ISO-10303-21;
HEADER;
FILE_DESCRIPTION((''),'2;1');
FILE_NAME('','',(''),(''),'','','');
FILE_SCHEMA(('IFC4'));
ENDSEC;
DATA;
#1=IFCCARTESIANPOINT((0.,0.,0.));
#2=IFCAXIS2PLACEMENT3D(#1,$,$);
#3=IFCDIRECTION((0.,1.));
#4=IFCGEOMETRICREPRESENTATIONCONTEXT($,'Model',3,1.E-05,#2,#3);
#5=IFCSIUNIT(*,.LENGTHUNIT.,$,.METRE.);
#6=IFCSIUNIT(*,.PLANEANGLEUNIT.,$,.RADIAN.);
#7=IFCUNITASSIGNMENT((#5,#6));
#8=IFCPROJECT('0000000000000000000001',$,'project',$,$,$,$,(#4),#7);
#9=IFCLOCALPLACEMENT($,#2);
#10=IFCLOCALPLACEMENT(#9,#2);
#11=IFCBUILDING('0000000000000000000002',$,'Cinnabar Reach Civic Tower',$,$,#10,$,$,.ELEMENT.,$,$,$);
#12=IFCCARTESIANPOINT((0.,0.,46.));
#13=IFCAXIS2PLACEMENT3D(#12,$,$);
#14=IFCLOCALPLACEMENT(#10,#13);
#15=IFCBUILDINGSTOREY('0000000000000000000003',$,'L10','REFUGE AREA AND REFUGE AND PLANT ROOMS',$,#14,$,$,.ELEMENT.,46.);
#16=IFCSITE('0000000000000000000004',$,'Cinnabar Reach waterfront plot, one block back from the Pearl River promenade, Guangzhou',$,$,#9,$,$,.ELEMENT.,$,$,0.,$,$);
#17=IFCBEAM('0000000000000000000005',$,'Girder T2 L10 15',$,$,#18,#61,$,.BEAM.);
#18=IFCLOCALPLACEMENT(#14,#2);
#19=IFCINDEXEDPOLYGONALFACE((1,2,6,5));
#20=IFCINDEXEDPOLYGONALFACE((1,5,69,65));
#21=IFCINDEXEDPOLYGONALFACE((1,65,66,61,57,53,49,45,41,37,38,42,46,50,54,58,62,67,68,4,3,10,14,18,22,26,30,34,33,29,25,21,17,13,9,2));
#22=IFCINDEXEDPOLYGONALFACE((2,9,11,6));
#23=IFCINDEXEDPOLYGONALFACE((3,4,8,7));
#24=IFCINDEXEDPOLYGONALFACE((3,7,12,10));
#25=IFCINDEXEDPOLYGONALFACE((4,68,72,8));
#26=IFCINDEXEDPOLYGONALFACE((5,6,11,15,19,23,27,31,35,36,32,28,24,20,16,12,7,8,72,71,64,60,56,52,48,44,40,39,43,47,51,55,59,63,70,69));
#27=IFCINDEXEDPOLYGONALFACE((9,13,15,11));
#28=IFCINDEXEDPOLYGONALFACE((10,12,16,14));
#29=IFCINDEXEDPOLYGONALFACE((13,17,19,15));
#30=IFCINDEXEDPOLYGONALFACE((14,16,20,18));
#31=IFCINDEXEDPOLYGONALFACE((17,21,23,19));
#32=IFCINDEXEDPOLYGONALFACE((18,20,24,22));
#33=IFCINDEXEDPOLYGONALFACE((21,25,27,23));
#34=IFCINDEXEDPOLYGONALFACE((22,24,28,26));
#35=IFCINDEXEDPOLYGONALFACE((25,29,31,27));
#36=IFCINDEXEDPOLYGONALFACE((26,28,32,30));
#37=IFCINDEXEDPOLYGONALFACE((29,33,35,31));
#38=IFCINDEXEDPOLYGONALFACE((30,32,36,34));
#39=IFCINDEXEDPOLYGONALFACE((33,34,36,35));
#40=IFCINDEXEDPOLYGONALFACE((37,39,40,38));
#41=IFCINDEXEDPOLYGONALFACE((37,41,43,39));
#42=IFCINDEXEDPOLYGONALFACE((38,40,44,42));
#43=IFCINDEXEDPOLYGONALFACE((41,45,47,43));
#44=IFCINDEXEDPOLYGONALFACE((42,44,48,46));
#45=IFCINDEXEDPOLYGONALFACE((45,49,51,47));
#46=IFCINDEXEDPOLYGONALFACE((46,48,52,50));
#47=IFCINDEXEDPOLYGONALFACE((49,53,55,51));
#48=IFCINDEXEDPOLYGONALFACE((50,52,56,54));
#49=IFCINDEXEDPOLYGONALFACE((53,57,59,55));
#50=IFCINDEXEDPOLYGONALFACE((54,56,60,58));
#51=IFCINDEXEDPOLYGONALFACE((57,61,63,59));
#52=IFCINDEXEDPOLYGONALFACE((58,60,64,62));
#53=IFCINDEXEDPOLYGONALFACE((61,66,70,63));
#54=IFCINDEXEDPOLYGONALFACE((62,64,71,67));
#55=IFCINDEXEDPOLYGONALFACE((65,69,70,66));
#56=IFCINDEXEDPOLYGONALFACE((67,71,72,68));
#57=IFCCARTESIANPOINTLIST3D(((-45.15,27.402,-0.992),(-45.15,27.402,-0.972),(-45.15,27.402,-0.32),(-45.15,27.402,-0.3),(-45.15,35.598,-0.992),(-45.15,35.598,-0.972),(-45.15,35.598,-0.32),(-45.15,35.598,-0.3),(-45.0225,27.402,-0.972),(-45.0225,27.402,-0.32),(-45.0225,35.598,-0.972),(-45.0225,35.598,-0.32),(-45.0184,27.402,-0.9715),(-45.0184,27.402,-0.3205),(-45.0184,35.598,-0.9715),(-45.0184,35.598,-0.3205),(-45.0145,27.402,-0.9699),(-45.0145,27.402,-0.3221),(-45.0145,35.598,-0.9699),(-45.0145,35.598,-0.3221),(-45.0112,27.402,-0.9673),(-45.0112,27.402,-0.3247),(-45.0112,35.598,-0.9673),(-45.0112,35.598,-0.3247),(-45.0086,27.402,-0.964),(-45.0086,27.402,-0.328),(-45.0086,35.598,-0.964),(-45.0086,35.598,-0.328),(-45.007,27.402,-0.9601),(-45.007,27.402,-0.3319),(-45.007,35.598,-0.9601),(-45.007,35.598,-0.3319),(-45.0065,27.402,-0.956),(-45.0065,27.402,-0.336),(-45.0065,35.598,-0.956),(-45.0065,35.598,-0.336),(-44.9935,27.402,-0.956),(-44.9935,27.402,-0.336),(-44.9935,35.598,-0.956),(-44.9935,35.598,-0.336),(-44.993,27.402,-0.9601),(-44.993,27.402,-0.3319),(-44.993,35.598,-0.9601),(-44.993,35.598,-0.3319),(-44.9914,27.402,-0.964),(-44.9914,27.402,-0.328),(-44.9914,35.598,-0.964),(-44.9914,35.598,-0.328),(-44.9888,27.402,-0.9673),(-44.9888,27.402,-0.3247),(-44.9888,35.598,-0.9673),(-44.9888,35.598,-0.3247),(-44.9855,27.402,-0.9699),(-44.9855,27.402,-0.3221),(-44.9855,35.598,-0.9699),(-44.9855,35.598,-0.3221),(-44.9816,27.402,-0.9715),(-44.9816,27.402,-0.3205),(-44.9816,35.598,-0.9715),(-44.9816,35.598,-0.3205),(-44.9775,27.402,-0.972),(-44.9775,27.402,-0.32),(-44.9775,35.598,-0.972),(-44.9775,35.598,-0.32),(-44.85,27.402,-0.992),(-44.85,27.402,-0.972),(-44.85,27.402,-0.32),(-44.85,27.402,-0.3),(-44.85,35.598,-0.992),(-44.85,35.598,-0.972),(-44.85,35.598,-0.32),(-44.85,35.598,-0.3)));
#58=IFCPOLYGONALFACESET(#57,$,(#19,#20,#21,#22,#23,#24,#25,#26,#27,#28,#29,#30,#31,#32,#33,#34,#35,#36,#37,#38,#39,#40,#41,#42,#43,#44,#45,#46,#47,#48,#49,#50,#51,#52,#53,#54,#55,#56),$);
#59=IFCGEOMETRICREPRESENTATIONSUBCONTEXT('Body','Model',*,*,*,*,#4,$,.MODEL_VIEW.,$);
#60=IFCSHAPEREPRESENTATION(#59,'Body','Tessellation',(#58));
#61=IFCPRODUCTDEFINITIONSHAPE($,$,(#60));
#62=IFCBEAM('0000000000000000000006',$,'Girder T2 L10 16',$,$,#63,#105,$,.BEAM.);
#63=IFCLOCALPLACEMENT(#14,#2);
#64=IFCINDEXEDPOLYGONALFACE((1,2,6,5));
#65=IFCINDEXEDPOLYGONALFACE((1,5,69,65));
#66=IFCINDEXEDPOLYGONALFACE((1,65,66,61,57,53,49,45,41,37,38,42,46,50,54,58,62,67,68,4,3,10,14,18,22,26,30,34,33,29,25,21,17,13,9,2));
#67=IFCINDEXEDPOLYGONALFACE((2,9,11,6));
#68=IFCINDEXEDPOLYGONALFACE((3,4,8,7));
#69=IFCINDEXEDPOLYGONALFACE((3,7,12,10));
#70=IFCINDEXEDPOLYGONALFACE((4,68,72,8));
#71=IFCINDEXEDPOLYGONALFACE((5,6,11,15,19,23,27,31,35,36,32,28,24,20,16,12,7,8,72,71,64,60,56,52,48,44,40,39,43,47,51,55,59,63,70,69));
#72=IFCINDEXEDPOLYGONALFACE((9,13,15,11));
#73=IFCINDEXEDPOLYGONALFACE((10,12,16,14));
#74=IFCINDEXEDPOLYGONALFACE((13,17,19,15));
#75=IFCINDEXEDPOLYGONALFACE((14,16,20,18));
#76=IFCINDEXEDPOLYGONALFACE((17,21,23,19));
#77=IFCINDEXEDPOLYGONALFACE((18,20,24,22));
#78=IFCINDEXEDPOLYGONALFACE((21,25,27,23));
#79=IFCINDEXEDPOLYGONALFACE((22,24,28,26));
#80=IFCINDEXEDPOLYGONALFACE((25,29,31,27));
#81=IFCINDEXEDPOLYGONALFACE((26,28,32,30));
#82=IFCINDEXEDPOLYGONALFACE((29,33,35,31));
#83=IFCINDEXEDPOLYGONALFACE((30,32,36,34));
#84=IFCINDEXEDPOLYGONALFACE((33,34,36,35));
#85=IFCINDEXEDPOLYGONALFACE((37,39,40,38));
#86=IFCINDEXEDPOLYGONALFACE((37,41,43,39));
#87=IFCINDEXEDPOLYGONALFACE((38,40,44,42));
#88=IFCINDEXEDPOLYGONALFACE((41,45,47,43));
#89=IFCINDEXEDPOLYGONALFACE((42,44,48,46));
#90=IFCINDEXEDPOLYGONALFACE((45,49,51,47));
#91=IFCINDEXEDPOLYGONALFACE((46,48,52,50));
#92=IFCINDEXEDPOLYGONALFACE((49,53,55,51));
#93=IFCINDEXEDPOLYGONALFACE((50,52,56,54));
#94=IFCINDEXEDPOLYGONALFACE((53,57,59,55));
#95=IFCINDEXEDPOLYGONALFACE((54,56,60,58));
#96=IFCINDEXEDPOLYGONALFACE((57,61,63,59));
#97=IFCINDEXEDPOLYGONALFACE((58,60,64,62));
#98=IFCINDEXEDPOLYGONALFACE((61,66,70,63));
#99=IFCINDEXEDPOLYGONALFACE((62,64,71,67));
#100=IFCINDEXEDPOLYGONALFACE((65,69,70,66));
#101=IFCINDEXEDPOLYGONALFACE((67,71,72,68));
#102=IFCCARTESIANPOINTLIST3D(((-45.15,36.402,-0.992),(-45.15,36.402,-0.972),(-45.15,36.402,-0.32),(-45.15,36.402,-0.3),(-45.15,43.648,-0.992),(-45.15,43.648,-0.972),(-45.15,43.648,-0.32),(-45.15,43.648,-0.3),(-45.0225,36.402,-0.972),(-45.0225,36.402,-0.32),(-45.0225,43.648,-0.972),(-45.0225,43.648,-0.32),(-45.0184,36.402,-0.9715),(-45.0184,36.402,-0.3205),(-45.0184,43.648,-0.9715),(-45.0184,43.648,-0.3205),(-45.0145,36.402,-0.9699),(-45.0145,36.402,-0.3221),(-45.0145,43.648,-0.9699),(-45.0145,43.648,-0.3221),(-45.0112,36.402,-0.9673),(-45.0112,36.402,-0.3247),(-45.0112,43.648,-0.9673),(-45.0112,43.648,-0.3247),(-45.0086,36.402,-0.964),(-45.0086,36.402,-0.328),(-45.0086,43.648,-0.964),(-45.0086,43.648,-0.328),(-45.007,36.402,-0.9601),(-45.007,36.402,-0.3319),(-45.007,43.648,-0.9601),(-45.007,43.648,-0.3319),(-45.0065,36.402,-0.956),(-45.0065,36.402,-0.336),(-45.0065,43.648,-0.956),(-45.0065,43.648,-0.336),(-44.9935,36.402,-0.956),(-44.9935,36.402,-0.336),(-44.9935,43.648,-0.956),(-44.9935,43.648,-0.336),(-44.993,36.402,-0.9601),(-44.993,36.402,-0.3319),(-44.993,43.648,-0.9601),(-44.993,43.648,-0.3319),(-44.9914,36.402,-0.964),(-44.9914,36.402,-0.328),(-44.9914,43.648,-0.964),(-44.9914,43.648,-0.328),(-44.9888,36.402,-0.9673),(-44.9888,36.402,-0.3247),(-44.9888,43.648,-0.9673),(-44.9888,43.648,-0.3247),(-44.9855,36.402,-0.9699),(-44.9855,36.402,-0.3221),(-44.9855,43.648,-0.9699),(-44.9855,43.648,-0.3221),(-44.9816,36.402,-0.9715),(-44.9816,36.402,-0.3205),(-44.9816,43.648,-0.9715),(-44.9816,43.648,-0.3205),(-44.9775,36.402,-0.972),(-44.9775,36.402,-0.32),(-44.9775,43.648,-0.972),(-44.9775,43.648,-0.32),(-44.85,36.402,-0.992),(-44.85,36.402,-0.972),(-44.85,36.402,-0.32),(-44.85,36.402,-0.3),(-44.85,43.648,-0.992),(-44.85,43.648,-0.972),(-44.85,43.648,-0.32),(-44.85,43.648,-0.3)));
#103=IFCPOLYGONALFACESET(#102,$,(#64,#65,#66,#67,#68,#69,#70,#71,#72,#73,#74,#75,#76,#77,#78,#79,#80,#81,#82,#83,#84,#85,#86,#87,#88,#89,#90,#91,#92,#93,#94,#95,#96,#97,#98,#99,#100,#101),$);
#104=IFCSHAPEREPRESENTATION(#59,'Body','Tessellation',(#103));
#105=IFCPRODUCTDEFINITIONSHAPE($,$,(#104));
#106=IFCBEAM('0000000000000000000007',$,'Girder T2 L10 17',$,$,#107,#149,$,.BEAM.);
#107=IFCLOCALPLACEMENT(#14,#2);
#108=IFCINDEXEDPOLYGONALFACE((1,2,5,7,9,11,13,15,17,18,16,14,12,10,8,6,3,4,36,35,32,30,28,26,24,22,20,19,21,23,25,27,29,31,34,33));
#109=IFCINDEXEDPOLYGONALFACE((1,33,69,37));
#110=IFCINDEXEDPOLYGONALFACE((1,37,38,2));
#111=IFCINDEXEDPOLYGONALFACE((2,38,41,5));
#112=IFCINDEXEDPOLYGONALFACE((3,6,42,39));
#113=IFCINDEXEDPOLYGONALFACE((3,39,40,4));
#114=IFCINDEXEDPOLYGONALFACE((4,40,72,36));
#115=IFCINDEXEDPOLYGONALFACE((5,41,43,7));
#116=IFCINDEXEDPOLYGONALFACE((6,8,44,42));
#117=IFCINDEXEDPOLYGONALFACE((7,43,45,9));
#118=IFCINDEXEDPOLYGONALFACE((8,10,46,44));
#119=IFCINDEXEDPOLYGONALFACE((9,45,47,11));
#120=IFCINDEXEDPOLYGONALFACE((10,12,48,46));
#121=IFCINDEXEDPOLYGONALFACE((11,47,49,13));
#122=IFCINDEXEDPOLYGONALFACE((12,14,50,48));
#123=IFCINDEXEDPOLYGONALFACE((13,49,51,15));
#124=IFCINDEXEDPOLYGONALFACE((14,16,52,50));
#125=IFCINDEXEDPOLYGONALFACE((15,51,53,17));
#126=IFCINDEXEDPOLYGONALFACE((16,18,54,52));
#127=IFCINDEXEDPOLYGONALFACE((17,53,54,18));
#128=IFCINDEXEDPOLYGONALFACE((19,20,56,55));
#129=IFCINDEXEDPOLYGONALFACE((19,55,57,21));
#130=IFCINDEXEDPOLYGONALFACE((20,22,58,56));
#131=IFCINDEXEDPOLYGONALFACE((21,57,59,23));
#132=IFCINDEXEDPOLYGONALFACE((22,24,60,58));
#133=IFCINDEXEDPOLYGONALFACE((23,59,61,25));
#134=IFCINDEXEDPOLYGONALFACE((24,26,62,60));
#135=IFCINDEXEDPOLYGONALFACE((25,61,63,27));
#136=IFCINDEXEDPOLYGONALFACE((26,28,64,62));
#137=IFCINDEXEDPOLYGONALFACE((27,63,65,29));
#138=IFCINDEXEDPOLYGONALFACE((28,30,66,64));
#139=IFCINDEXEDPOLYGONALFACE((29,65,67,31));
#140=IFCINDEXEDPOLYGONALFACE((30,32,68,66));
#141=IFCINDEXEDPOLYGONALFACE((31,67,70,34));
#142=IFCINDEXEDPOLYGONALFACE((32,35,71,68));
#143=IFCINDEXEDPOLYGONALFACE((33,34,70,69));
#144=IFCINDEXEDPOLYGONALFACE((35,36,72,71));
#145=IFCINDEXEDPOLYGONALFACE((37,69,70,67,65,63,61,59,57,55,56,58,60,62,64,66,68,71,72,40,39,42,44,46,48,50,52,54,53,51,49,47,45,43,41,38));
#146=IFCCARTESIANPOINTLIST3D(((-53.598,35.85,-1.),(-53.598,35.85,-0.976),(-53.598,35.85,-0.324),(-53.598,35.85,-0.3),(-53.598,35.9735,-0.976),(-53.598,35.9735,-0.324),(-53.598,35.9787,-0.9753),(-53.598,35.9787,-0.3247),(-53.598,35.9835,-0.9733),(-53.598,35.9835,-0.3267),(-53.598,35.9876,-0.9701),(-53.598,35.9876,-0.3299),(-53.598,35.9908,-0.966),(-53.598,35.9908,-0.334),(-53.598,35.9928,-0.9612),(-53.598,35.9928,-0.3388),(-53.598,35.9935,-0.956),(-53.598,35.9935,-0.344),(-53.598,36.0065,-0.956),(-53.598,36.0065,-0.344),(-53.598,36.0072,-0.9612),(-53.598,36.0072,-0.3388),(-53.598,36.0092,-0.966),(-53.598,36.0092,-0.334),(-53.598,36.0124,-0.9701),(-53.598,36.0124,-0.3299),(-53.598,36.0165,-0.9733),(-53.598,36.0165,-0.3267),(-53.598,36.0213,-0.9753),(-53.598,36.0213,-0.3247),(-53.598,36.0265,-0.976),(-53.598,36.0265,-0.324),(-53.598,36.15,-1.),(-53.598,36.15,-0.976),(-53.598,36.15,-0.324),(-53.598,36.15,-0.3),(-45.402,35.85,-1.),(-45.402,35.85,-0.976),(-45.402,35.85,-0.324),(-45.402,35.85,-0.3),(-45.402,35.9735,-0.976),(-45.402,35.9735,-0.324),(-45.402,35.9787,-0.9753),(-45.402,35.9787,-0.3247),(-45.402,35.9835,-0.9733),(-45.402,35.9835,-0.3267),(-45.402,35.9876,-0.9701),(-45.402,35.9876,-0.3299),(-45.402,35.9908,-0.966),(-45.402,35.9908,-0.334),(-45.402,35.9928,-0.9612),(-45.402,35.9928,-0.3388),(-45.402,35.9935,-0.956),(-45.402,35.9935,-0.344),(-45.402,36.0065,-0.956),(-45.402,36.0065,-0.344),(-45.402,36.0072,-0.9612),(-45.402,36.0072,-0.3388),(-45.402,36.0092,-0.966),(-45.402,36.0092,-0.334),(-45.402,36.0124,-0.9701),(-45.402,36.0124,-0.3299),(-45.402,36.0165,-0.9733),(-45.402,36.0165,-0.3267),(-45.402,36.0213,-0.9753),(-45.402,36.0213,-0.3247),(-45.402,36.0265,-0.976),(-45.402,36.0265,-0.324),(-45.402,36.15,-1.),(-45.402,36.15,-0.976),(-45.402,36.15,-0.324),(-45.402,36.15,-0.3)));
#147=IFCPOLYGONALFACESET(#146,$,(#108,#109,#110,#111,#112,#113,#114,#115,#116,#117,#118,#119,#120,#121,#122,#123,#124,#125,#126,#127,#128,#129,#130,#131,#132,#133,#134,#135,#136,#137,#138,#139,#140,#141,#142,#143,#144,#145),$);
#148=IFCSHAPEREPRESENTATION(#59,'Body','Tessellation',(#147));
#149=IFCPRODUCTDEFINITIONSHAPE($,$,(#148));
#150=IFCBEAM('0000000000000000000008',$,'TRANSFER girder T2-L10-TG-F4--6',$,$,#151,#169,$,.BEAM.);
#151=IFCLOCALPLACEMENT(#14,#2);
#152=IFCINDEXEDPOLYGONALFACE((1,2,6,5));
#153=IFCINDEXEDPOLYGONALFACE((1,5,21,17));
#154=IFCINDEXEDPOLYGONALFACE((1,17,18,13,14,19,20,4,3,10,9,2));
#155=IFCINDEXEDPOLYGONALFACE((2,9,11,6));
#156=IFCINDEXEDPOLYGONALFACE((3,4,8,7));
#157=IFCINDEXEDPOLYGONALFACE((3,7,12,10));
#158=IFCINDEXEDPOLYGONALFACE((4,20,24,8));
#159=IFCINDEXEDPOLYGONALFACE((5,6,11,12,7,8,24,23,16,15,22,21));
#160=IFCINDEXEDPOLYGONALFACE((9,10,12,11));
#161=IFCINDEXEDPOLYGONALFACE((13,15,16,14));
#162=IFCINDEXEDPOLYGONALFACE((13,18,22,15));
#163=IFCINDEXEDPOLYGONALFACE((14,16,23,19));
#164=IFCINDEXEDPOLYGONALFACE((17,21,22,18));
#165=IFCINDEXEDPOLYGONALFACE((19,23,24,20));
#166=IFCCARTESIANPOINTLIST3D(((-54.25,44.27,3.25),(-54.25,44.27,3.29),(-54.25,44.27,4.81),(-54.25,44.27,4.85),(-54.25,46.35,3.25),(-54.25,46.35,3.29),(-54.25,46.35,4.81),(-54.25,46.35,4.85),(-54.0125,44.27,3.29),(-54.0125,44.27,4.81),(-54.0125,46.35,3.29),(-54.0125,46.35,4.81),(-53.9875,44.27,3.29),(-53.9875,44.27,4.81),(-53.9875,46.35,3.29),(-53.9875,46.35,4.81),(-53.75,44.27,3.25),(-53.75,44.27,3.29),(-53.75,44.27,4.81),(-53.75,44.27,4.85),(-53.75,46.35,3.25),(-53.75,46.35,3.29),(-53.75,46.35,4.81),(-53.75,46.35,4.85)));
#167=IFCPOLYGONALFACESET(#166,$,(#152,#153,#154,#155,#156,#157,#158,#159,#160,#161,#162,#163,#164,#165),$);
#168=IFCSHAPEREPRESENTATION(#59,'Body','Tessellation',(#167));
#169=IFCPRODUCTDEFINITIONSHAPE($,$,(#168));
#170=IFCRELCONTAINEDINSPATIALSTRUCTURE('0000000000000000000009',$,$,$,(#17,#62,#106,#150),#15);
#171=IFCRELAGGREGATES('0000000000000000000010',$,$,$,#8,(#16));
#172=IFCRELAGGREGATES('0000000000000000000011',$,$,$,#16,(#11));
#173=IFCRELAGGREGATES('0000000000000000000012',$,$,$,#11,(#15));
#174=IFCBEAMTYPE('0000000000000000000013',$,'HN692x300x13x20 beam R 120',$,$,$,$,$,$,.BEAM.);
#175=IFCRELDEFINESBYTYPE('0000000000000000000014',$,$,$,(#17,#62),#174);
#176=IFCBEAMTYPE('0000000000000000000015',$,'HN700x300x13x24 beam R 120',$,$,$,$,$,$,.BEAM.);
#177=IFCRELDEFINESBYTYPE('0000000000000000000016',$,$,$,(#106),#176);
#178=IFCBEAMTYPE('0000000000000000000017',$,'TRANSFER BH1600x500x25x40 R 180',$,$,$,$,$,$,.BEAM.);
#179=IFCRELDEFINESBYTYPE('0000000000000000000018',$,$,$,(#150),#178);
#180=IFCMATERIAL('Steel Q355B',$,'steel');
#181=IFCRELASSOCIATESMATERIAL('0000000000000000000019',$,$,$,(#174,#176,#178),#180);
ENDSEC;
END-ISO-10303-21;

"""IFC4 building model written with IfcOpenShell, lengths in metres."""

from ifc_helpers import new_model, si_unit, direction, frame, origin, origin_2d, place, context, subcontext, project, spatial, i_section, extrude, material, material_profile, profile_set, type_object, element, save


model = new_model("IFC4")

# Units and contexts
model_context = context("Model", 3, precision=1e-05, world=origin(), true_north=direction((0.0, 1.0)))
body_context = subcontext(model_context, "Body", "Model", "MODEL_VIEW")
ifc_project = project(units=[si_unit("LENGTHUNIT", "METRE"), si_unit("PLANEANGLEUNIT", "RADIAN")], contexts=[model_context])

# Site, building, storey
site_placement = place(None, origin())
site = spatial("IfcSite", under=ifc_project, at=site_placement, Name="Cinnabar Reach waterfront plot, one block back from the Pearl River promenade, Guangzhou", CompositionType="ELEMENT", RefElevation=0.0)
building_placement = place(site_placement, origin())
building = spatial("IfcBuilding", under=site, at=building_placement, Name="Cinnabar Reach Civic Tower", CompositionType="ELEMENT")
storey_placement = place(building_placement, frame((0.0, 0.0, 46.0)))
storey = spatial("IfcBuildingStorey", under=building, at=storey_placement, Name="L10", Description="REFUGE AREA AND REFUGE AND PLANT ROOMS", CompositionType="ELEMENT", Elevation=46.0)

# Beams
ifc_material_1 = material(Name="Steel Q355B", Category="steel")
ifc_material_profile_1 = material_profile(ifc_material_1, i_section(OverallWidth=0.3, OverallDepth=0.692, WebThickness=0.013, FlangeThickness=0.02, FilletRadius=0.016, at=origin_2d()), Name="HN692x300x13x20")
ifc_profile_set_1 = profile_set([ifc_material_profile_1], Name="Steel Q355B")
beam_type_1 = type_object("IfcBeamType", Name="HN692x300x13x20 beam R 120", PredefinedType="BEAM", material=ifc_profile_set_1)
beam_1_placement = place(storey_placement, frame((-45.0, 27.402, -0.646), z_axis=(0.0, 1.0, 0.0), x_axis=(-1.0, 0.0, 0.0)))
element("IfcBeam", 1, at=beam_1_placement, inside=storey, type_object=beam_type_1, Name="Girder T2 L10 15", PredefinedType="BEAM", context=body_context, shape_type="SweptSolid", body=[
    extrude(i_section(OverallWidth=0.3, OverallDepth=0.692, WebThickness=0.013, FlangeThickness=0.02, FilletRadius=0.016, at=origin_2d()), origin(), (0.0, 0.0, 1.0), 8.196),
])
beam_2_placement = place(storey_placement, frame((-45.0, 36.402, -0.646), z_axis=(0.0, 1.0, 0.0), x_axis=(-1.0, 0.0, 0.0)))
element("IfcBeam", 2, at=beam_2_placement, inside=storey, type_object=beam_type_1, Name="Girder T2 L10 16", PredefinedType="BEAM", context=body_context, shape_type="SweptSolid", body=[
    extrude(i_section(OverallWidth=0.3, OverallDepth=0.692, WebThickness=0.013, FlangeThickness=0.02, FilletRadius=0.016, at=origin_2d()), origin(), (0.0, 0.0, 1.0), 7.246),
])
ifc_material_profile_2 = material_profile(ifc_material_1, i_section(OverallWidth=0.3, OverallDepth=0.7, WebThickness=0.013, FlangeThickness=0.024, FilletRadius=0.02, at=origin_2d()), Name="HN700x300x13x24")
ifc_profile_set_2 = profile_set([ifc_material_profile_2], Name="Steel Q355B")
beam_type_2 = type_object("IfcBeamType", Name="HN700x300x13x24 beam R 120", PredefinedType="BEAM", material=ifc_profile_set_2)
beam_3_placement = place(storey_placement, frame((-53.598, 36.0, -0.65), z_axis=(1.0, 0.0, 0.0), x_axis=(0.0, 1.0, 0.0)))
element("IfcBeam", 3, at=beam_3_placement, inside=storey, type_object=beam_type_2, Name="Girder T2 L10 17", PredefinedType="BEAM", context=body_context, shape_type="SweptSolid", body=[
    extrude(i_section(OverallWidth=0.3, OverallDepth=0.7, WebThickness=0.013, FlangeThickness=0.024, FilletRadius=0.02, at=origin_2d()), origin(), (0.0, 0.0, 1.0), 8.196),
])
ifc_material_profile_3 = material_profile(ifc_material_1, i_section(OverallWidth=0.5, OverallDepth=1.6, WebThickness=0.025, FlangeThickness=0.04, at=origin_2d()), Name="BH1600x500x25x40")
ifc_profile_set_3 = profile_set([ifc_material_profile_3], Name="Steel Q355B")
beam_type_3 = type_object("IfcBeamType", Name="TRANSFER BH1600x500x25x40 R 180", PredefinedType="BEAM", material=ifc_profile_set_3)
beam_4_placement = place(storey_placement, frame((-54.0, 44.27, 4.05), z_axis=(0.0, 1.0, 0.0), x_axis=(-1.0, 0.0, 0.0)))
element("IfcBeam", 4, at=beam_4_placement, inside=storey, type_object=beam_type_3, Name="TRANSFER girder T2-L10-TG-F4--6", PredefinedType="BEAM", context=body_context, shape_type="SweptSolid", body=[
    extrude(i_section(OverallWidth=0.5, OverallDepth=1.6, WebThickness=0.025, FlangeThickness=0.04, at=origin_2d()), origin(), (0.0, 0.0, 1.0), 2.08),
])

save(model, "model.ifc")
